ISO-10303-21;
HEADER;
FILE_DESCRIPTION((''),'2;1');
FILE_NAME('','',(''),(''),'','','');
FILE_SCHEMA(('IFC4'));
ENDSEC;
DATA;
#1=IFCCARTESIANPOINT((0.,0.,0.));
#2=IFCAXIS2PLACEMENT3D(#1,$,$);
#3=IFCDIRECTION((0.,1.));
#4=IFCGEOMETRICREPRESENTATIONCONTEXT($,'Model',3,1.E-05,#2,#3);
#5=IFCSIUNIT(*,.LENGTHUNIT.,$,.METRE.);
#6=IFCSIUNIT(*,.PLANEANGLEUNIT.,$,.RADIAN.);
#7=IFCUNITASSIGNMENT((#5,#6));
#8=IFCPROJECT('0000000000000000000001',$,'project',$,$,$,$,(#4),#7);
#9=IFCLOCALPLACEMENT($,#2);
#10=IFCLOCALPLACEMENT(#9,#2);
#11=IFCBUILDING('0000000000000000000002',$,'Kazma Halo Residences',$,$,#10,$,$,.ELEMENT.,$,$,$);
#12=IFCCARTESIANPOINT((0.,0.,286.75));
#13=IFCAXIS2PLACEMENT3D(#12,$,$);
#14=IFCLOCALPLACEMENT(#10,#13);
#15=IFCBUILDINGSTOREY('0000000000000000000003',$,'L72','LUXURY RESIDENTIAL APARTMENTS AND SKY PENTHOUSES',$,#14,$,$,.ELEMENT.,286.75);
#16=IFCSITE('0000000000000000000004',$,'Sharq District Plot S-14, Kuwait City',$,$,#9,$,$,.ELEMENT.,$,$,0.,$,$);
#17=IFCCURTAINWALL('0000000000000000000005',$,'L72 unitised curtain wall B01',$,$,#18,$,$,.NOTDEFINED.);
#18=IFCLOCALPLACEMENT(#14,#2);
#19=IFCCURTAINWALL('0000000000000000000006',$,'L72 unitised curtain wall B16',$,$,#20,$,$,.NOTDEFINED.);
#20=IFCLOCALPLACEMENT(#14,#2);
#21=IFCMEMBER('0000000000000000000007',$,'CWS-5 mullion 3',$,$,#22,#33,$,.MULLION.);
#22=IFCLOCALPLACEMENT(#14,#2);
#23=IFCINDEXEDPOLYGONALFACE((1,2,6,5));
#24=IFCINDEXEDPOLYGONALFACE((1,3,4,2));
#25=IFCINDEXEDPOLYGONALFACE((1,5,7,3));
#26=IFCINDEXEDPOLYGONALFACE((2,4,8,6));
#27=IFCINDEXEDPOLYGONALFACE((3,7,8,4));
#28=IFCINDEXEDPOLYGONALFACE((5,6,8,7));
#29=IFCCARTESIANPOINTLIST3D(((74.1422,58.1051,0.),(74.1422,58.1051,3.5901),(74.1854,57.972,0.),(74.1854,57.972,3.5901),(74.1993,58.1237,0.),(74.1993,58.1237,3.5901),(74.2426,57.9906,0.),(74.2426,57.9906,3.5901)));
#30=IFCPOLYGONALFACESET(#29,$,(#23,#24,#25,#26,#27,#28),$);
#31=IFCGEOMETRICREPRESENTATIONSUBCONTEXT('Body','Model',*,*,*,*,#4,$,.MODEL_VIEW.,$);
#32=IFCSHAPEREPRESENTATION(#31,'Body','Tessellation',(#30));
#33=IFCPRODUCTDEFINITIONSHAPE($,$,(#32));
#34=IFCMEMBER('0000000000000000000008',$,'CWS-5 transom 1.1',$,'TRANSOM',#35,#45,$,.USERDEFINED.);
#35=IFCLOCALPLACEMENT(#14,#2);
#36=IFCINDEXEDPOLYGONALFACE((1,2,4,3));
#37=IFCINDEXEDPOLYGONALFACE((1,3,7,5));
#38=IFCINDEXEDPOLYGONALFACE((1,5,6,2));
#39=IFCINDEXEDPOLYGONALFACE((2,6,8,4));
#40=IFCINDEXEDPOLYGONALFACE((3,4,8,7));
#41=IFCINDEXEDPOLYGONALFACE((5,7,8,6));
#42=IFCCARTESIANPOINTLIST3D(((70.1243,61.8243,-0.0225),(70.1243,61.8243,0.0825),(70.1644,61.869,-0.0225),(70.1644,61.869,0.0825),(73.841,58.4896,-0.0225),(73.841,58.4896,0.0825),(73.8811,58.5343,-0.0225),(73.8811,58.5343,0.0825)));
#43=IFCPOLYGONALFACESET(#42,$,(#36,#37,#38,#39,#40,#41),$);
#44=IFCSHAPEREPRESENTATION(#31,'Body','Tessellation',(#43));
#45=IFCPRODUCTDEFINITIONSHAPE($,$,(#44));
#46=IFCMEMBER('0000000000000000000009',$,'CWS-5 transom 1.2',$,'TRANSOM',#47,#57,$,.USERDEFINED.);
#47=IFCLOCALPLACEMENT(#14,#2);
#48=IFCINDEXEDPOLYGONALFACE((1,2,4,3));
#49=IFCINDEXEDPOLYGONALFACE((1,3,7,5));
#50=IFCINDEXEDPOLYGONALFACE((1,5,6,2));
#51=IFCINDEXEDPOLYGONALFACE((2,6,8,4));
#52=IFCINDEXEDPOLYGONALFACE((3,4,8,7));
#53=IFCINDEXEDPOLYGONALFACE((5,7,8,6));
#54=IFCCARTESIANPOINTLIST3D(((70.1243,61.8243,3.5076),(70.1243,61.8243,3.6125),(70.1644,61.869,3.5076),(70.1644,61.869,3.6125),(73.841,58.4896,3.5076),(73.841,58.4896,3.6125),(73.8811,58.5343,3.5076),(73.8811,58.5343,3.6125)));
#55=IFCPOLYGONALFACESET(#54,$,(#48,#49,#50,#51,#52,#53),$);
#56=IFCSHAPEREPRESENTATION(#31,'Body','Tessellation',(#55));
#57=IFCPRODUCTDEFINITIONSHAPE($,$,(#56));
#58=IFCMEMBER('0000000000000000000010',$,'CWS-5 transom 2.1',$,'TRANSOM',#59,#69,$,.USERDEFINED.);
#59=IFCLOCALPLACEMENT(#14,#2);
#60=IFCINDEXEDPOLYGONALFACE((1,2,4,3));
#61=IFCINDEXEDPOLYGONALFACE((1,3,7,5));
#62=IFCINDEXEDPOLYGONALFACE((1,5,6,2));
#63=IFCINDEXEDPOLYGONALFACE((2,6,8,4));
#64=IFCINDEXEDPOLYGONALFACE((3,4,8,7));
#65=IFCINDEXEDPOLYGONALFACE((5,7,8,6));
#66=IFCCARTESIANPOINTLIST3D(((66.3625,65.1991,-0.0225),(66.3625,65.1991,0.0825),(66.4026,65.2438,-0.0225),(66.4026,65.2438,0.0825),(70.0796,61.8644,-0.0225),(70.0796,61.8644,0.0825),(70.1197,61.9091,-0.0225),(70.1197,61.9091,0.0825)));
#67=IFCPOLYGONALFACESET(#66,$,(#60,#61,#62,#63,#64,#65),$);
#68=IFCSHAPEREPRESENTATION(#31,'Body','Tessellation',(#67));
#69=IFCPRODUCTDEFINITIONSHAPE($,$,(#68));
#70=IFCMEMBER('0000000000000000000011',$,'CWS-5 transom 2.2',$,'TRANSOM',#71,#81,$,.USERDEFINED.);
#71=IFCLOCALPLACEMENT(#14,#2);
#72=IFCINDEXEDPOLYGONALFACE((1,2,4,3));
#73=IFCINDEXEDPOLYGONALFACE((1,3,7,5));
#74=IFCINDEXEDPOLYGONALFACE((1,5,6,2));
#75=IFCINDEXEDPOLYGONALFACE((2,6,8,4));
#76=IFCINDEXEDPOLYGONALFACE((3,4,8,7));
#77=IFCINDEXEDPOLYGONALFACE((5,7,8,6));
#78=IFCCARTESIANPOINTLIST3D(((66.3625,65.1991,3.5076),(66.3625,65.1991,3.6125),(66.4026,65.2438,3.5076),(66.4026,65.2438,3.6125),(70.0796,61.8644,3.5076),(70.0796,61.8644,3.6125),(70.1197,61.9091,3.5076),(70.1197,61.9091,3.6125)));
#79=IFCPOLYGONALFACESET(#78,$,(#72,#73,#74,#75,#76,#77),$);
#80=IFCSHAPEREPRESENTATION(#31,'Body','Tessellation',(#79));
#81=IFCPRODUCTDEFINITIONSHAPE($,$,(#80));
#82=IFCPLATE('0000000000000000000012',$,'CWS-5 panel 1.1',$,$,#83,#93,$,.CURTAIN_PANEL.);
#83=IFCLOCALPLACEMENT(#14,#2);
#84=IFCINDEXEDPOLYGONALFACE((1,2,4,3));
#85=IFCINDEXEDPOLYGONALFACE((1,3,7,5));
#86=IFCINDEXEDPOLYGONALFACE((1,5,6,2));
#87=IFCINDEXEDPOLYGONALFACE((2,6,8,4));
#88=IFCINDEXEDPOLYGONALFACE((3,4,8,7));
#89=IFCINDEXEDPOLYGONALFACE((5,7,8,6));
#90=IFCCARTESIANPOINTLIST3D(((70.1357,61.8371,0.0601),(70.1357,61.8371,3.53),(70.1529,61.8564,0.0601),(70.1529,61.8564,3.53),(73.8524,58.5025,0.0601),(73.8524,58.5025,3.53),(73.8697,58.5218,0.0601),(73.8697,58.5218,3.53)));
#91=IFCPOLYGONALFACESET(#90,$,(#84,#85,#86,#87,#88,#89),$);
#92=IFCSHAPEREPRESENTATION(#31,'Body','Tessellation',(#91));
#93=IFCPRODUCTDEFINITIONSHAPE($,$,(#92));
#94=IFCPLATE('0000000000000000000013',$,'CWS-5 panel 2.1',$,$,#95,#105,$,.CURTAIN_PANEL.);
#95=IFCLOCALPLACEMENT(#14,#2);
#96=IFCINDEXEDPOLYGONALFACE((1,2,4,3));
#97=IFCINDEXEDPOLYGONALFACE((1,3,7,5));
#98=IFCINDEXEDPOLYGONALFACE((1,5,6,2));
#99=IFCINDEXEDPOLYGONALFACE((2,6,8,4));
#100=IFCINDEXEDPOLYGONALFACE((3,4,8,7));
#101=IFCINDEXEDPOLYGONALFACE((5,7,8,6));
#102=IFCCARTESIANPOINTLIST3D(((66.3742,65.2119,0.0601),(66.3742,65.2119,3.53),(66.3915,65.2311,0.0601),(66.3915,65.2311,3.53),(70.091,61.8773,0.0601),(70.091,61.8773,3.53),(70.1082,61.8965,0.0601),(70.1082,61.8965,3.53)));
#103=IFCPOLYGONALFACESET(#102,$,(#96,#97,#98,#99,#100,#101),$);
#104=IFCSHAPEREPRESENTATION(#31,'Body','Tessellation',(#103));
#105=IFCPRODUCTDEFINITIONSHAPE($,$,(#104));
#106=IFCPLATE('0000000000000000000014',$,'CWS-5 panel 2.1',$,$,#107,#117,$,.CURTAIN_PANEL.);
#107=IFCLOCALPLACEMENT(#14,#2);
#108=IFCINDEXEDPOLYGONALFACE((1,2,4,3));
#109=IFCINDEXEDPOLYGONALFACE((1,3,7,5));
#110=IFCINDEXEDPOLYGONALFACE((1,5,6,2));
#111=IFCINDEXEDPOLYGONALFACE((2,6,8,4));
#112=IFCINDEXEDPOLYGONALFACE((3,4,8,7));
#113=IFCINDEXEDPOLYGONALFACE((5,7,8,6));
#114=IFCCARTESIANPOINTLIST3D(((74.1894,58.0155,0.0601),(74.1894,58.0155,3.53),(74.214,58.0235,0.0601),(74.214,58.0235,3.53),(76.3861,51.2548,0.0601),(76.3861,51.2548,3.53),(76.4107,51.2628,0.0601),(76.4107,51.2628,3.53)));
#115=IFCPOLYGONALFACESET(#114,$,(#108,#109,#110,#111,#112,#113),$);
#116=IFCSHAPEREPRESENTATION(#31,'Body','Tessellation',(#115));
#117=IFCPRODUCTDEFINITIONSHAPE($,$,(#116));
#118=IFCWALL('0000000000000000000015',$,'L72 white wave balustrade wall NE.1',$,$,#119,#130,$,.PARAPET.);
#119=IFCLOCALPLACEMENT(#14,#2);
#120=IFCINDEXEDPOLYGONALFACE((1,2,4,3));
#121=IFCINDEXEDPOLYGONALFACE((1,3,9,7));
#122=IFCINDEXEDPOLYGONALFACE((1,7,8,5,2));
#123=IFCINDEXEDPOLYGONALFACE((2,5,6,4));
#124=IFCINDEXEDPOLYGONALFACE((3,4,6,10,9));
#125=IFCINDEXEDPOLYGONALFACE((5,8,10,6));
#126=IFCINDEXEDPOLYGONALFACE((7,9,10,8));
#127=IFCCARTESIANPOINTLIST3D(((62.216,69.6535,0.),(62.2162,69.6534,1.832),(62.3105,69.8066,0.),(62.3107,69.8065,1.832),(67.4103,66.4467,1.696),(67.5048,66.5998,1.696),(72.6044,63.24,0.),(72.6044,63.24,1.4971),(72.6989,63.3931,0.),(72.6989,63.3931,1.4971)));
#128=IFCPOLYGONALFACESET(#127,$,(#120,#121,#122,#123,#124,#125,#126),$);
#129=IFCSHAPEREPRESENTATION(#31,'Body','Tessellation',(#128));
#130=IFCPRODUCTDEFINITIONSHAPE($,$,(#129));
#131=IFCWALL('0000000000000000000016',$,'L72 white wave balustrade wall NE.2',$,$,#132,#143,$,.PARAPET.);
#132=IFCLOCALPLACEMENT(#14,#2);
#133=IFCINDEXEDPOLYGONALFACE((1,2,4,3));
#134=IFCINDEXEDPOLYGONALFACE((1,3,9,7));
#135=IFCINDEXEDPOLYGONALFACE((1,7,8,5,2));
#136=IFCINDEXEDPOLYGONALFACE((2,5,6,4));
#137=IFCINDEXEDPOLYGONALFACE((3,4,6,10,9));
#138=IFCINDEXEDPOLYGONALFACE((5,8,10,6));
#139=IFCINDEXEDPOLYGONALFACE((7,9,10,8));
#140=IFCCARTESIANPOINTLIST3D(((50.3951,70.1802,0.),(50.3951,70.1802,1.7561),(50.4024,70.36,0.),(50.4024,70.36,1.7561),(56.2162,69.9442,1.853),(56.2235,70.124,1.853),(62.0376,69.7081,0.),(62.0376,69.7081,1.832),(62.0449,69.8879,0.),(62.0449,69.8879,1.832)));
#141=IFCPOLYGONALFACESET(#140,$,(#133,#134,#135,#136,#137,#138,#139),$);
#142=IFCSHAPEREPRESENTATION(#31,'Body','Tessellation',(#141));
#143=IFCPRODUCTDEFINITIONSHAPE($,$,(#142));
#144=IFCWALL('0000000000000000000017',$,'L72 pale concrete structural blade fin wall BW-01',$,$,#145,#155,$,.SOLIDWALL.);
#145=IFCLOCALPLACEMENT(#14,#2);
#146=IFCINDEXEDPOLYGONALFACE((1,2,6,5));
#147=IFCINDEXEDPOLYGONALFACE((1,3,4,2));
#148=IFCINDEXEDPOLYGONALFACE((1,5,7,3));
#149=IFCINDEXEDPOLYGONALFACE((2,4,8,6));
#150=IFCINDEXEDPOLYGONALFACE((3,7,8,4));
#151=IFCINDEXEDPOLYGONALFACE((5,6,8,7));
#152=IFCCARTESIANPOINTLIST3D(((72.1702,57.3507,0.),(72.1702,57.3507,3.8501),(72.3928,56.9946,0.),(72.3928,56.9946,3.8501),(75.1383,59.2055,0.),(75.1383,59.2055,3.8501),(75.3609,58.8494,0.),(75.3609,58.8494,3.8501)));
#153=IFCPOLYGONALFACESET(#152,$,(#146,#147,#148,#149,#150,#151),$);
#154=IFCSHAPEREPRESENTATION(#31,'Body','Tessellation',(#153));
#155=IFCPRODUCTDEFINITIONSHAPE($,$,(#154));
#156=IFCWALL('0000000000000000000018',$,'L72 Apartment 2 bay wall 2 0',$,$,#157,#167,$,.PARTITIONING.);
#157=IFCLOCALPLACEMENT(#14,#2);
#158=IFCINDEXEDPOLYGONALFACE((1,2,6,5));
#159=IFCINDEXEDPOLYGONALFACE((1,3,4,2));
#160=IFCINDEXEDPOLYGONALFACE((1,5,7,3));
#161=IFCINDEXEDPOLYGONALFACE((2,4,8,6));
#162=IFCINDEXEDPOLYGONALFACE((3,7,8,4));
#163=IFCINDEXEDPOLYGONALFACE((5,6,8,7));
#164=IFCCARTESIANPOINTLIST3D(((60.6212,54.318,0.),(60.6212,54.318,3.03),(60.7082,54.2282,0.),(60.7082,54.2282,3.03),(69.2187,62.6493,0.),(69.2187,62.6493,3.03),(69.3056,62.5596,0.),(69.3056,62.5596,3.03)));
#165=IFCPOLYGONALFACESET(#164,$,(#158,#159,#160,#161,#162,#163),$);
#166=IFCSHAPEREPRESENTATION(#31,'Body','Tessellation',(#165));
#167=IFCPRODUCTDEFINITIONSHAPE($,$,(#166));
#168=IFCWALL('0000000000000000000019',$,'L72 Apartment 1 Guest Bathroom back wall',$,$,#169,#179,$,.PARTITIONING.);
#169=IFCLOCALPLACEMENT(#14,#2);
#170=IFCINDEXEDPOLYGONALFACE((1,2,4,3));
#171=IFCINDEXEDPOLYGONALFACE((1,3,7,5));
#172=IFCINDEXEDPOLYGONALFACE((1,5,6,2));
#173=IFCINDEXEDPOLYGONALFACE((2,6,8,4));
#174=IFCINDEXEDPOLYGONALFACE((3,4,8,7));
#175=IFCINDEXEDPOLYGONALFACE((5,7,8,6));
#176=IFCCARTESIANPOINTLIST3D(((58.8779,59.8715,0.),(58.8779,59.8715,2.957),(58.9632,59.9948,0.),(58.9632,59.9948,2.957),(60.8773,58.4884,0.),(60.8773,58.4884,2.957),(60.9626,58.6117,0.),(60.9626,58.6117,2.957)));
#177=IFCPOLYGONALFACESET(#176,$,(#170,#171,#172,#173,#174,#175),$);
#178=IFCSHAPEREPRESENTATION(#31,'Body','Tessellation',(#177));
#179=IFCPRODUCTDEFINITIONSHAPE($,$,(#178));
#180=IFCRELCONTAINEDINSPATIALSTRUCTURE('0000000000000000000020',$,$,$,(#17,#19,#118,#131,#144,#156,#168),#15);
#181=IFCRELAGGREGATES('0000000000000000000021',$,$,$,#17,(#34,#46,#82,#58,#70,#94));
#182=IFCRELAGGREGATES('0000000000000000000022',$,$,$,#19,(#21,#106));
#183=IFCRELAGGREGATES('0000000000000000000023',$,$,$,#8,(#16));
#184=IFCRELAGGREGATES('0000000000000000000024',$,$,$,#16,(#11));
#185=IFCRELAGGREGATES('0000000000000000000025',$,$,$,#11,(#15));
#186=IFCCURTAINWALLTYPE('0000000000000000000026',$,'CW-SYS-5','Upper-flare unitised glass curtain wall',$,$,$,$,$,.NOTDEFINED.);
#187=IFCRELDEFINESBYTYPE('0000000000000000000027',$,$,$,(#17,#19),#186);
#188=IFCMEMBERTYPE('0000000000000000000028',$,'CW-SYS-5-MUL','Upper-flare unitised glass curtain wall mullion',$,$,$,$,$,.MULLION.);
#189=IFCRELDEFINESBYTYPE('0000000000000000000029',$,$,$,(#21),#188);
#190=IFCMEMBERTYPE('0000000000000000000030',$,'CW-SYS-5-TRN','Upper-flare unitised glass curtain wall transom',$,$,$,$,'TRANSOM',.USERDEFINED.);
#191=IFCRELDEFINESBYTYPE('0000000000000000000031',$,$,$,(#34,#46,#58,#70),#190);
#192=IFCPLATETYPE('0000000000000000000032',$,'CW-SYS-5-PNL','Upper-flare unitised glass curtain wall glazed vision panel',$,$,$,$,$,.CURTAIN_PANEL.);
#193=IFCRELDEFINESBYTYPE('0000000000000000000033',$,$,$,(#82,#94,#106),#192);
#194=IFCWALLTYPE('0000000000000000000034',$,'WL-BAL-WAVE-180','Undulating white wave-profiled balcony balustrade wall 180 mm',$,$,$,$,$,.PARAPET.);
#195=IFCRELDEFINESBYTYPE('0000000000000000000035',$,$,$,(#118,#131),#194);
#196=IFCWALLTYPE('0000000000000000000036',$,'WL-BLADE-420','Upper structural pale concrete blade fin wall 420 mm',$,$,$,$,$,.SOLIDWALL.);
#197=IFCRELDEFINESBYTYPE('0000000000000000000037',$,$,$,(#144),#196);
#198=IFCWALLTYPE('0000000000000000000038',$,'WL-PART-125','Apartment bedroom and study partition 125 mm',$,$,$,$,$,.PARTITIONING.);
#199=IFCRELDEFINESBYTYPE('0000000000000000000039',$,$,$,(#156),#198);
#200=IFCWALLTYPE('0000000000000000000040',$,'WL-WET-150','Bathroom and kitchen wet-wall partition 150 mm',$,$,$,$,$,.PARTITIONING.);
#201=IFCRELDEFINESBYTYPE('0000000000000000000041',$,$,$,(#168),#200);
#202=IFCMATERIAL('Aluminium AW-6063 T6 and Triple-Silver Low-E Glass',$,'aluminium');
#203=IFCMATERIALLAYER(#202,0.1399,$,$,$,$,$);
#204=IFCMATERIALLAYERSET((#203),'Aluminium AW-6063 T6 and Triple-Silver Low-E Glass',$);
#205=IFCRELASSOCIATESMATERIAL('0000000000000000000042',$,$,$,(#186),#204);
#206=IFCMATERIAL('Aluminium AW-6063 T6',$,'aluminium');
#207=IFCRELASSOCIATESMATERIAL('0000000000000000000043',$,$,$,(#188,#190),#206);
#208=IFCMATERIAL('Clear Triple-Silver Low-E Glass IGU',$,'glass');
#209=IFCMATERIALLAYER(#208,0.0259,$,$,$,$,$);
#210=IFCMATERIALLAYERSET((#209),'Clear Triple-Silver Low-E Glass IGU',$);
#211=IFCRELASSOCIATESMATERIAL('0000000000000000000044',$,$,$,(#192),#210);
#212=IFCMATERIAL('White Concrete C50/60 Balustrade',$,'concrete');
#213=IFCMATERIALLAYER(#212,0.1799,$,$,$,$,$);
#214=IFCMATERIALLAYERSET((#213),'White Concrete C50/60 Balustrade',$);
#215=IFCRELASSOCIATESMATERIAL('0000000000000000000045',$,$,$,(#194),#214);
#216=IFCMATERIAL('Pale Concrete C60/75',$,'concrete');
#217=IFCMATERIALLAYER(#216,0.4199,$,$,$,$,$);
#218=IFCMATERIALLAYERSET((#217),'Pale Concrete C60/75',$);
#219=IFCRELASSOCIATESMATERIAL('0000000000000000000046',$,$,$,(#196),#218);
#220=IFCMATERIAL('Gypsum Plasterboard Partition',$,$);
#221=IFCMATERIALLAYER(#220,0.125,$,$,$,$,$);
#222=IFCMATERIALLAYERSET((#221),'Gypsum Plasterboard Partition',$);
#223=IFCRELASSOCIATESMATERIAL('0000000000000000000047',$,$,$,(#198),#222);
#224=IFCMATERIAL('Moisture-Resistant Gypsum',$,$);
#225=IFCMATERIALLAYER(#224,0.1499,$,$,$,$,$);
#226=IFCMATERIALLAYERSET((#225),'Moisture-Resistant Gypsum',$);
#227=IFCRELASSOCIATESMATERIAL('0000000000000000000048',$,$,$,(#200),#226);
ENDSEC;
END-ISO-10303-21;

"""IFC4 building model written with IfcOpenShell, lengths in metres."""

from ifc_helpers import new_model, si_unit, direction, frame, frame_2d, origin, origin_2d, place, context, subcontext, project, spatial, polyline, rectangle, outline, extrude, material, layer, layer_set, material_profile, profile_set, type_object, element, aggregate, save


model = new_model("IFC4")

# Units and contexts
model_context = context("Model", 3, precision=1e-05, world=origin(), true_north=direction((0.0, 1.0)))
body_context = subcontext(model_context, "Body", "Model", "MODEL_VIEW")
ifc_project = project(units=[si_unit("LENGTHUNIT", "METRE"), si_unit("PLANEANGLEUNIT", "RADIAN")], contexts=[model_context])

# Site, building, storey
site_placement = place(None, origin())
site = spatial("IfcSite", under=ifc_project, at=site_placement, Name="Sharq District Plot S-14, Kuwait City", CompositionType="ELEMENT", RefElevation=0.0)
building_placement = place(site_placement, origin())
building = spatial("IfcBuilding", under=site, at=building_placement, Name="Kazma Halo Residences", CompositionType="ELEMENT")
storey_placement = place(building_placement, frame((0.0, 0.0, 286.75)))
storey = spatial("IfcBuildingStorey", under=building, at=storey_placement, Name="L72", Description="LUXURY RESIDENTIAL APARTMENTS AND SKY PENTHOUSES", CompositionType="ELEMENT", Elevation=286.75)

# Curtain wall
ifc_material_1 = material(Name="Aluminium AW-6063 T6 and Triple-Silver Low-E Glass", Category="aluminium")
ifc_layer_1 = layer(ifc_material_1, 0.1399)
ifc_layer_set_1 = layer_set([ifc_layer_1], Name="Aluminium AW-6063 T6 and Triple-Silver Low-E Glass")
curtain_wall_type = type_object("IfcCurtainWallType", Name="CW-SYS-5", Description="Upper-flare unitised glass curtain wall", PredefinedType="NOTDEFINED", material=ifc_layer_set_1)
curtain_wall_1_placement = place(storey_placement, origin())
curtain_wall_1 = element("IfcCurtainWall", 1, at=curtain_wall_1_placement, inside=storey, type_object=curtain_wall_type, Name="L72 unitised curtain wall B01", PredefinedType="NOTDEFINED")
ifc_material_2 = material(Name="Aluminium AW-6063 T6", Category="aluminium")
ifc_material_profile_1 = material_profile(ifc_material_2, rectangle(XDim=0.0601, YDim=0.1399, at=origin_2d()), Name="CWM-60x140")
ifc_profile_set_1 = profile_set([ifc_material_profile_1], Name="Aluminium AW-6063 T6")
member_type_1 = type_object("IfcMemberType", Name="CW-SYS-5-MUL", Description="Upper-flare unitised glass curtain wall mullion", PredefinedType="MULLION", material=ifc_profile_set_1)

# Curtain wall, member
curtain_wall_2_placement = place(storey_placement, origin())
curtain_wall_2 = element("IfcCurtainWall", 2, at=curtain_wall_2_placement, inside=storey, type_object=curtain_wall_type, Name="L72 unitised curtain wall B16", PredefinedType="NOTDEFINED")
member_1_placement = place(storey_placement, frame((74.1924, 58.0479, 0.0), z_axis=(0.0, 0.0, 1.0), x_axis=(-0.951058, -0.309011, 0.0)))
member_1 = element("IfcMember", 3, at=member_1_placement, type_object=member_type_1, Name="CWS-5 mullion 3", PredefinedType="MULLION", context=body_context, shape_type="SweptSolid", body=[
    extrude(rectangle(XDim=0.0601, YDim=0.1399, at=origin_2d()), origin(), (0.0, 0.0, 1.0), 3.5901),
])

# Members
ifc_material_profile_2 = material_profile(ifc_material_2, rectangle(XDim=0.0601, YDim=0.105, at=origin_2d()), Name="CWT-60x105")
ifc_profile_set_2 = profile_set([ifc_material_profile_2], Name="Aluminium AW-6063 T6")
member_type_2 = type_object("IfcMemberType", Name="CW-SYS-5-TRN", Description="Upper-flare unitised glass curtain wall transom", ElementType="TRANSOM", PredefinedType="USERDEFINED", material=ifc_profile_set_2)
member_2_placement = place(storey_placement, frame((73.8611, 58.512, 0.03), z_axis=(-0.744329, 0.667813, 0.0), x_axis=(-0.667813, -0.744329, 0.0)))
member_2 = element("IfcMember", 4, at=member_2_placement, type_object=member_type_2, Name="CWS-5 transom 1.1", ObjectType="TRANSOM", PredefinedType="USERDEFINED", context=body_context, shape_type="SweptSolid", body=[
    extrude(rectangle(XDim=0.0601, YDim=0.105, at=origin_2d()), origin(), (0.0, 0.0, 1.0), 4.9934),
])
member_3_placement = place(storey_placement, frame((73.8611, 58.512, 3.5601), z_axis=(-0.744329, 0.667813, 0.0), x_axis=(-0.667813, -0.744329, 0.0)))
member_3 = element("IfcMember", 5, at=member_3_placement, type_object=member_type_2, Name="CWS-5 transom 1.2", ObjectType="TRANSOM", PredefinedType="USERDEFINED", context=body_context, shape_type="SweptSolid", body=[
    extrude(rectangle(XDim=0.0601, YDim=0.105, at=origin_2d()), origin(), (0.0, 0.0, 1.0), 4.9934),
])
member_4_placement = place(storey_placement, frame((70.0996, 61.8867, 0.03), z_axis=(-0.744351, 0.667789, 0.0), x_axis=(-0.667789, -0.744351, 0.0)))
member_4 = element("IfcMember", 6, at=member_4_placement, type_object=member_type_2, Name="CWS-5 transom 2.1", ObjectType="TRANSOM", PredefinedType="USERDEFINED", context=body_context, shape_type="SweptSolid", body=[
    extrude(rectangle(XDim=0.0601, YDim=0.105, at=origin_2d()), origin(), (0.0, 0.0, 1.0), 4.9937),
])
member_5_placement = place(storey_placement, frame((70.0996, 61.8867, 3.5601), z_axis=(-0.744351, 0.667789, 0.0), x_axis=(-0.667789, -0.744351, 0.0)))
member_5 = element("IfcMember", 7, at=member_5_placement, type_object=member_type_2, Name="CWS-5 transom 2.2", ObjectType="TRANSOM", PredefinedType="USERDEFINED", context=body_context, shape_type="SweptSolid", body=[
    extrude(rectangle(XDim=0.0601, YDim=0.105, at=origin_2d()), origin(), (0.0, 0.0, 1.0), 4.9937),
])

# Plates
ifc_material_3 = material(Name="Clear Triple-Silver Low-E Glass IGU", Category="glass")
ifc_layer_2 = layer(ifc_material_3, 0.0259)
ifc_layer_set_2 = layer_set([ifc_layer_2], Name="Clear Triple-Silver Low-E Glass IGU")
plate_type = type_object("IfcPlateType", Name="CW-SYS-5-PNL", Description="Upper-flare unitised glass curtain wall glazed vision panel", PredefinedType="CURTAIN_PANEL", material=ifc_layer_set_2)
plate_1_placement = place(storey_placement, frame((72.0027, 60.1794, 0.0601), z_axis=(0.0, 0.0, 1.0), x_axis=(-0.744336, 0.667805, 0.0)))
plate_1 = element("IfcPlate", 8, at=plate_1_placement, type_object=plate_type, Name="CWS-5 panel 1.1", PredefinedType="CURTAIN_PANEL", context=body_context, shape_type="SweptSolid", body=[
    extrude(rectangle(XDim=4.9934, YDim=0.0259, at=origin_2d()), origin(), (0.0, 0.0, 1.0), 3.47),
])
plate_2_placement = place(storey_placement, frame((68.2412, 63.5542, 0.0601), z_axis=(0.0, 0.0, 1.0), x_axis=(-0.744336, 0.667805, 0.0)))
plate_2 = element("IfcPlate", 9, at=plate_2_placement, type_object=plate_type, Name="CWS-5 panel 2.1", PredefinedType="CURTAIN_PANEL", context=body_context, shape_type="SweptSolid", body=[
    extrude(rectangle(XDim=4.9934, YDim=0.0259, at=origin_2d()), origin(), (0.0, 0.0, 1.0), 3.47),
])
aggregate(curtain_wall_1, [member_2, member_3, plate_1, member_4, member_5, plate_2])
plate_3_placement = place(storey_placement, frame((75.3, 54.6392, 0.0601), z_axis=(0.0, 0.0, 1.0), x_axis=(-0.309011, 0.951058, 0.0)))
plate_3 = element("IfcPlate", 10, at=plate_3_placement, type_object=plate_type, Name="CWS-5 panel 2.1", PredefinedType="CURTAIN_PANEL", context=body_context, shape_type="SweptSolid", body=[
    extrude(rectangle(XDim=7.1086, YDim=0.0259, at=origin_2d()), origin(), (0.0, 0.0, 1.0), 3.47),
])
aggregate(curtain_wall_2, [member_1, plate_3])

# Walls
ifc_material_4 = material(Name="White Concrete C50/60 Balustrade", Category="concrete")
ifc_layer_3 = layer(ifc_material_4, 0.1799)
ifc_layer_set_3 = layer_set([ifc_layer_3], Name="White Concrete C50/60 Balustrade")
wall_type_1 = type_object("IfcWallType", Name="WL-BAL-WAVE-180", Description="Undulating white wave-profiled balcony balustrade wall 180 mm", PredefinedType="PARAPET", material=ifc_layer_set_3)
wall_1_placement = place(storey_placement, frame((72.6516, 63.3164, 0.0), z_axis=(0.0, 0.0, 1.0), x_axis=(-0.850901, 0.525326, 0.0)))
element("IfcWall", 11, at=wall_1_placement, inside=storey, type_object=wall_type_1, Name="L72 white wave balustrade wall NE.1", PredefinedType="PARAPET", context=body_context, shape_type="SweptSolid", body=[
    extrude(outline(polyline([(0.0, 0.0), (12.2087, 0.0), (12.2085, 1.832), (6.1042, 1.696), (0.0, 1.4971), (0.0, 0.0)])), frame((0.0, 0.0898, 0.0), z_axis=(0.0, -1.0, 0.0), x_axis=(1.0, 0.0, 0.0)), (0.0, 0.0, 1.0), 0.1799),
])
wall_2_placement = place(storey_placement, frame((62.0413, 69.7979, 0.0), z_axis=(0.0, 0.0, 1.0), x_axis=(-0.999179, 0.040522, 0.0)))
element("IfcWall", 12, at=wall_2_placement, inside=storey, type_object=wall_type_1, Name="L72 white wave balustrade wall NE.2", PredefinedType="PARAPET", context=body_context, shape_type="SweptSolid", body=[
    extrude(outline(polyline([(0.0, 0.0), (11.6521, 0.0), (11.6521, 1.7561), (5.8262, 1.853), (0.0, 1.832), (0.0, 0.0)])), frame((0.0, 0.0898, 0.0), z_axis=(0.0, -1.0, 0.0), x_axis=(1.0, 0.0, 0.0)), (0.0, 0.0, 1.0), 0.1799),
])
ifc_material_5 = material(Name="Pale Concrete C60/75", Category="concrete")
ifc_layer_4 = layer(ifc_material_5, 0.4199)
ifc_layer_set_4 = layer_set([ifc_layer_4], Name="Pale Concrete C60/75")
wall_type_2 = type_object("IfcWallType", Name="WL-BLADE-420", Description="Upper structural pale concrete blade fin wall 420 mm", PredefinedType="SOLIDWALL", material=ifc_layer_set_4)
wall_3_placement = place(storey_placement, frame((72.2815, 57.1726, 0.0), z_axis=(0.0, 0.0, 1.0), x_axis=(0.848034, 0.529943, 0.0)))
element("IfcWall", 13, at=wall_3_placement, inside=storey, type_object=wall_type_2, Name="L72 pale concrete structural blade fin wall BW-01", PredefinedType="SOLIDWALL", context=body_context, shape_type="SweptSolid", body=[
    extrude(rectangle(XDim=3.5, YDim=0.4199, at=frame_2d((1.75, 0.0))), origin(), (0.0, 0.0, 1.0), 3.8501),
])

# Walls
ifc_material_6 = material(Name="Gypsum Plasterboard Partition")
ifc_layer_5 = layer(ifc_material_6, 0.125)
ifc_layer_set_5 = layer_set([ifc_layer_5], Name="Gypsum Plasterboard Partition")
wall_type_3 = type_object("IfcWallType", Name="WL-PART-125", Description="Apartment bedroom and study partition 125 mm", PredefinedType="PARTITIONING", material=ifc_layer_set_5)
wall_4_placement = place(storey_placement, frame((60.6648, 54.2732, 0.0), z_axis=(0.0, 0.0, 1.0), x_axis=(0.718134, 0.695905, 0.0)))
element("IfcWall", 14, at=wall_4_placement, inside=storey, type_object=wall_type_3, Name="L72 Apartment 2 bay wall 2 0", PredefinedType="PARTITIONING", context=body_context, shape_type="SweptSolid", body=[
    extrude(rectangle(XDim=11.9719, YDim=0.125, at=frame_2d((5.9858, 0.0))), origin(), (0.0, 0.0, 1.0), 3.03),
])
ifc_material_7 = material(Name="Moisture-Resistant Gypsum")
ifc_layer_6 = layer(ifc_material_7, 0.1499)
ifc_layer_set_6 = layer_set([ifc_layer_6], Name="Moisture-Resistant Gypsum")
wall_type_4 = type_object("IfcWallType", Name="WL-WET-150", Description="Bathroom and kitchen wet-wall partition 150 mm", PredefinedType="PARTITIONING", material=ifc_layer_set_6)
wall_5_placement = place(storey_placement, frame((60.9199, 58.55, 0.0), z_axis=(0.0, 0.0, 1.0), x_axis=(-0.822395, 0.568918, 0.0)))
element("IfcWall", 15, at=wall_5_placement, inside=storey, type_object=wall_type_4, Name="L72 Apartment 1 Guest Bathroom back wall", PredefinedType="PARTITIONING", context=body_context, shape_type="SweptSolid", body=[
    extrude(rectangle(XDim=2.4312, YDim=0.1499, at=frame_2d((1.2156, 0.0))), origin(), (0.0, 0.0, 1.0), 2.957),
])

save(model, "model.ifc")
